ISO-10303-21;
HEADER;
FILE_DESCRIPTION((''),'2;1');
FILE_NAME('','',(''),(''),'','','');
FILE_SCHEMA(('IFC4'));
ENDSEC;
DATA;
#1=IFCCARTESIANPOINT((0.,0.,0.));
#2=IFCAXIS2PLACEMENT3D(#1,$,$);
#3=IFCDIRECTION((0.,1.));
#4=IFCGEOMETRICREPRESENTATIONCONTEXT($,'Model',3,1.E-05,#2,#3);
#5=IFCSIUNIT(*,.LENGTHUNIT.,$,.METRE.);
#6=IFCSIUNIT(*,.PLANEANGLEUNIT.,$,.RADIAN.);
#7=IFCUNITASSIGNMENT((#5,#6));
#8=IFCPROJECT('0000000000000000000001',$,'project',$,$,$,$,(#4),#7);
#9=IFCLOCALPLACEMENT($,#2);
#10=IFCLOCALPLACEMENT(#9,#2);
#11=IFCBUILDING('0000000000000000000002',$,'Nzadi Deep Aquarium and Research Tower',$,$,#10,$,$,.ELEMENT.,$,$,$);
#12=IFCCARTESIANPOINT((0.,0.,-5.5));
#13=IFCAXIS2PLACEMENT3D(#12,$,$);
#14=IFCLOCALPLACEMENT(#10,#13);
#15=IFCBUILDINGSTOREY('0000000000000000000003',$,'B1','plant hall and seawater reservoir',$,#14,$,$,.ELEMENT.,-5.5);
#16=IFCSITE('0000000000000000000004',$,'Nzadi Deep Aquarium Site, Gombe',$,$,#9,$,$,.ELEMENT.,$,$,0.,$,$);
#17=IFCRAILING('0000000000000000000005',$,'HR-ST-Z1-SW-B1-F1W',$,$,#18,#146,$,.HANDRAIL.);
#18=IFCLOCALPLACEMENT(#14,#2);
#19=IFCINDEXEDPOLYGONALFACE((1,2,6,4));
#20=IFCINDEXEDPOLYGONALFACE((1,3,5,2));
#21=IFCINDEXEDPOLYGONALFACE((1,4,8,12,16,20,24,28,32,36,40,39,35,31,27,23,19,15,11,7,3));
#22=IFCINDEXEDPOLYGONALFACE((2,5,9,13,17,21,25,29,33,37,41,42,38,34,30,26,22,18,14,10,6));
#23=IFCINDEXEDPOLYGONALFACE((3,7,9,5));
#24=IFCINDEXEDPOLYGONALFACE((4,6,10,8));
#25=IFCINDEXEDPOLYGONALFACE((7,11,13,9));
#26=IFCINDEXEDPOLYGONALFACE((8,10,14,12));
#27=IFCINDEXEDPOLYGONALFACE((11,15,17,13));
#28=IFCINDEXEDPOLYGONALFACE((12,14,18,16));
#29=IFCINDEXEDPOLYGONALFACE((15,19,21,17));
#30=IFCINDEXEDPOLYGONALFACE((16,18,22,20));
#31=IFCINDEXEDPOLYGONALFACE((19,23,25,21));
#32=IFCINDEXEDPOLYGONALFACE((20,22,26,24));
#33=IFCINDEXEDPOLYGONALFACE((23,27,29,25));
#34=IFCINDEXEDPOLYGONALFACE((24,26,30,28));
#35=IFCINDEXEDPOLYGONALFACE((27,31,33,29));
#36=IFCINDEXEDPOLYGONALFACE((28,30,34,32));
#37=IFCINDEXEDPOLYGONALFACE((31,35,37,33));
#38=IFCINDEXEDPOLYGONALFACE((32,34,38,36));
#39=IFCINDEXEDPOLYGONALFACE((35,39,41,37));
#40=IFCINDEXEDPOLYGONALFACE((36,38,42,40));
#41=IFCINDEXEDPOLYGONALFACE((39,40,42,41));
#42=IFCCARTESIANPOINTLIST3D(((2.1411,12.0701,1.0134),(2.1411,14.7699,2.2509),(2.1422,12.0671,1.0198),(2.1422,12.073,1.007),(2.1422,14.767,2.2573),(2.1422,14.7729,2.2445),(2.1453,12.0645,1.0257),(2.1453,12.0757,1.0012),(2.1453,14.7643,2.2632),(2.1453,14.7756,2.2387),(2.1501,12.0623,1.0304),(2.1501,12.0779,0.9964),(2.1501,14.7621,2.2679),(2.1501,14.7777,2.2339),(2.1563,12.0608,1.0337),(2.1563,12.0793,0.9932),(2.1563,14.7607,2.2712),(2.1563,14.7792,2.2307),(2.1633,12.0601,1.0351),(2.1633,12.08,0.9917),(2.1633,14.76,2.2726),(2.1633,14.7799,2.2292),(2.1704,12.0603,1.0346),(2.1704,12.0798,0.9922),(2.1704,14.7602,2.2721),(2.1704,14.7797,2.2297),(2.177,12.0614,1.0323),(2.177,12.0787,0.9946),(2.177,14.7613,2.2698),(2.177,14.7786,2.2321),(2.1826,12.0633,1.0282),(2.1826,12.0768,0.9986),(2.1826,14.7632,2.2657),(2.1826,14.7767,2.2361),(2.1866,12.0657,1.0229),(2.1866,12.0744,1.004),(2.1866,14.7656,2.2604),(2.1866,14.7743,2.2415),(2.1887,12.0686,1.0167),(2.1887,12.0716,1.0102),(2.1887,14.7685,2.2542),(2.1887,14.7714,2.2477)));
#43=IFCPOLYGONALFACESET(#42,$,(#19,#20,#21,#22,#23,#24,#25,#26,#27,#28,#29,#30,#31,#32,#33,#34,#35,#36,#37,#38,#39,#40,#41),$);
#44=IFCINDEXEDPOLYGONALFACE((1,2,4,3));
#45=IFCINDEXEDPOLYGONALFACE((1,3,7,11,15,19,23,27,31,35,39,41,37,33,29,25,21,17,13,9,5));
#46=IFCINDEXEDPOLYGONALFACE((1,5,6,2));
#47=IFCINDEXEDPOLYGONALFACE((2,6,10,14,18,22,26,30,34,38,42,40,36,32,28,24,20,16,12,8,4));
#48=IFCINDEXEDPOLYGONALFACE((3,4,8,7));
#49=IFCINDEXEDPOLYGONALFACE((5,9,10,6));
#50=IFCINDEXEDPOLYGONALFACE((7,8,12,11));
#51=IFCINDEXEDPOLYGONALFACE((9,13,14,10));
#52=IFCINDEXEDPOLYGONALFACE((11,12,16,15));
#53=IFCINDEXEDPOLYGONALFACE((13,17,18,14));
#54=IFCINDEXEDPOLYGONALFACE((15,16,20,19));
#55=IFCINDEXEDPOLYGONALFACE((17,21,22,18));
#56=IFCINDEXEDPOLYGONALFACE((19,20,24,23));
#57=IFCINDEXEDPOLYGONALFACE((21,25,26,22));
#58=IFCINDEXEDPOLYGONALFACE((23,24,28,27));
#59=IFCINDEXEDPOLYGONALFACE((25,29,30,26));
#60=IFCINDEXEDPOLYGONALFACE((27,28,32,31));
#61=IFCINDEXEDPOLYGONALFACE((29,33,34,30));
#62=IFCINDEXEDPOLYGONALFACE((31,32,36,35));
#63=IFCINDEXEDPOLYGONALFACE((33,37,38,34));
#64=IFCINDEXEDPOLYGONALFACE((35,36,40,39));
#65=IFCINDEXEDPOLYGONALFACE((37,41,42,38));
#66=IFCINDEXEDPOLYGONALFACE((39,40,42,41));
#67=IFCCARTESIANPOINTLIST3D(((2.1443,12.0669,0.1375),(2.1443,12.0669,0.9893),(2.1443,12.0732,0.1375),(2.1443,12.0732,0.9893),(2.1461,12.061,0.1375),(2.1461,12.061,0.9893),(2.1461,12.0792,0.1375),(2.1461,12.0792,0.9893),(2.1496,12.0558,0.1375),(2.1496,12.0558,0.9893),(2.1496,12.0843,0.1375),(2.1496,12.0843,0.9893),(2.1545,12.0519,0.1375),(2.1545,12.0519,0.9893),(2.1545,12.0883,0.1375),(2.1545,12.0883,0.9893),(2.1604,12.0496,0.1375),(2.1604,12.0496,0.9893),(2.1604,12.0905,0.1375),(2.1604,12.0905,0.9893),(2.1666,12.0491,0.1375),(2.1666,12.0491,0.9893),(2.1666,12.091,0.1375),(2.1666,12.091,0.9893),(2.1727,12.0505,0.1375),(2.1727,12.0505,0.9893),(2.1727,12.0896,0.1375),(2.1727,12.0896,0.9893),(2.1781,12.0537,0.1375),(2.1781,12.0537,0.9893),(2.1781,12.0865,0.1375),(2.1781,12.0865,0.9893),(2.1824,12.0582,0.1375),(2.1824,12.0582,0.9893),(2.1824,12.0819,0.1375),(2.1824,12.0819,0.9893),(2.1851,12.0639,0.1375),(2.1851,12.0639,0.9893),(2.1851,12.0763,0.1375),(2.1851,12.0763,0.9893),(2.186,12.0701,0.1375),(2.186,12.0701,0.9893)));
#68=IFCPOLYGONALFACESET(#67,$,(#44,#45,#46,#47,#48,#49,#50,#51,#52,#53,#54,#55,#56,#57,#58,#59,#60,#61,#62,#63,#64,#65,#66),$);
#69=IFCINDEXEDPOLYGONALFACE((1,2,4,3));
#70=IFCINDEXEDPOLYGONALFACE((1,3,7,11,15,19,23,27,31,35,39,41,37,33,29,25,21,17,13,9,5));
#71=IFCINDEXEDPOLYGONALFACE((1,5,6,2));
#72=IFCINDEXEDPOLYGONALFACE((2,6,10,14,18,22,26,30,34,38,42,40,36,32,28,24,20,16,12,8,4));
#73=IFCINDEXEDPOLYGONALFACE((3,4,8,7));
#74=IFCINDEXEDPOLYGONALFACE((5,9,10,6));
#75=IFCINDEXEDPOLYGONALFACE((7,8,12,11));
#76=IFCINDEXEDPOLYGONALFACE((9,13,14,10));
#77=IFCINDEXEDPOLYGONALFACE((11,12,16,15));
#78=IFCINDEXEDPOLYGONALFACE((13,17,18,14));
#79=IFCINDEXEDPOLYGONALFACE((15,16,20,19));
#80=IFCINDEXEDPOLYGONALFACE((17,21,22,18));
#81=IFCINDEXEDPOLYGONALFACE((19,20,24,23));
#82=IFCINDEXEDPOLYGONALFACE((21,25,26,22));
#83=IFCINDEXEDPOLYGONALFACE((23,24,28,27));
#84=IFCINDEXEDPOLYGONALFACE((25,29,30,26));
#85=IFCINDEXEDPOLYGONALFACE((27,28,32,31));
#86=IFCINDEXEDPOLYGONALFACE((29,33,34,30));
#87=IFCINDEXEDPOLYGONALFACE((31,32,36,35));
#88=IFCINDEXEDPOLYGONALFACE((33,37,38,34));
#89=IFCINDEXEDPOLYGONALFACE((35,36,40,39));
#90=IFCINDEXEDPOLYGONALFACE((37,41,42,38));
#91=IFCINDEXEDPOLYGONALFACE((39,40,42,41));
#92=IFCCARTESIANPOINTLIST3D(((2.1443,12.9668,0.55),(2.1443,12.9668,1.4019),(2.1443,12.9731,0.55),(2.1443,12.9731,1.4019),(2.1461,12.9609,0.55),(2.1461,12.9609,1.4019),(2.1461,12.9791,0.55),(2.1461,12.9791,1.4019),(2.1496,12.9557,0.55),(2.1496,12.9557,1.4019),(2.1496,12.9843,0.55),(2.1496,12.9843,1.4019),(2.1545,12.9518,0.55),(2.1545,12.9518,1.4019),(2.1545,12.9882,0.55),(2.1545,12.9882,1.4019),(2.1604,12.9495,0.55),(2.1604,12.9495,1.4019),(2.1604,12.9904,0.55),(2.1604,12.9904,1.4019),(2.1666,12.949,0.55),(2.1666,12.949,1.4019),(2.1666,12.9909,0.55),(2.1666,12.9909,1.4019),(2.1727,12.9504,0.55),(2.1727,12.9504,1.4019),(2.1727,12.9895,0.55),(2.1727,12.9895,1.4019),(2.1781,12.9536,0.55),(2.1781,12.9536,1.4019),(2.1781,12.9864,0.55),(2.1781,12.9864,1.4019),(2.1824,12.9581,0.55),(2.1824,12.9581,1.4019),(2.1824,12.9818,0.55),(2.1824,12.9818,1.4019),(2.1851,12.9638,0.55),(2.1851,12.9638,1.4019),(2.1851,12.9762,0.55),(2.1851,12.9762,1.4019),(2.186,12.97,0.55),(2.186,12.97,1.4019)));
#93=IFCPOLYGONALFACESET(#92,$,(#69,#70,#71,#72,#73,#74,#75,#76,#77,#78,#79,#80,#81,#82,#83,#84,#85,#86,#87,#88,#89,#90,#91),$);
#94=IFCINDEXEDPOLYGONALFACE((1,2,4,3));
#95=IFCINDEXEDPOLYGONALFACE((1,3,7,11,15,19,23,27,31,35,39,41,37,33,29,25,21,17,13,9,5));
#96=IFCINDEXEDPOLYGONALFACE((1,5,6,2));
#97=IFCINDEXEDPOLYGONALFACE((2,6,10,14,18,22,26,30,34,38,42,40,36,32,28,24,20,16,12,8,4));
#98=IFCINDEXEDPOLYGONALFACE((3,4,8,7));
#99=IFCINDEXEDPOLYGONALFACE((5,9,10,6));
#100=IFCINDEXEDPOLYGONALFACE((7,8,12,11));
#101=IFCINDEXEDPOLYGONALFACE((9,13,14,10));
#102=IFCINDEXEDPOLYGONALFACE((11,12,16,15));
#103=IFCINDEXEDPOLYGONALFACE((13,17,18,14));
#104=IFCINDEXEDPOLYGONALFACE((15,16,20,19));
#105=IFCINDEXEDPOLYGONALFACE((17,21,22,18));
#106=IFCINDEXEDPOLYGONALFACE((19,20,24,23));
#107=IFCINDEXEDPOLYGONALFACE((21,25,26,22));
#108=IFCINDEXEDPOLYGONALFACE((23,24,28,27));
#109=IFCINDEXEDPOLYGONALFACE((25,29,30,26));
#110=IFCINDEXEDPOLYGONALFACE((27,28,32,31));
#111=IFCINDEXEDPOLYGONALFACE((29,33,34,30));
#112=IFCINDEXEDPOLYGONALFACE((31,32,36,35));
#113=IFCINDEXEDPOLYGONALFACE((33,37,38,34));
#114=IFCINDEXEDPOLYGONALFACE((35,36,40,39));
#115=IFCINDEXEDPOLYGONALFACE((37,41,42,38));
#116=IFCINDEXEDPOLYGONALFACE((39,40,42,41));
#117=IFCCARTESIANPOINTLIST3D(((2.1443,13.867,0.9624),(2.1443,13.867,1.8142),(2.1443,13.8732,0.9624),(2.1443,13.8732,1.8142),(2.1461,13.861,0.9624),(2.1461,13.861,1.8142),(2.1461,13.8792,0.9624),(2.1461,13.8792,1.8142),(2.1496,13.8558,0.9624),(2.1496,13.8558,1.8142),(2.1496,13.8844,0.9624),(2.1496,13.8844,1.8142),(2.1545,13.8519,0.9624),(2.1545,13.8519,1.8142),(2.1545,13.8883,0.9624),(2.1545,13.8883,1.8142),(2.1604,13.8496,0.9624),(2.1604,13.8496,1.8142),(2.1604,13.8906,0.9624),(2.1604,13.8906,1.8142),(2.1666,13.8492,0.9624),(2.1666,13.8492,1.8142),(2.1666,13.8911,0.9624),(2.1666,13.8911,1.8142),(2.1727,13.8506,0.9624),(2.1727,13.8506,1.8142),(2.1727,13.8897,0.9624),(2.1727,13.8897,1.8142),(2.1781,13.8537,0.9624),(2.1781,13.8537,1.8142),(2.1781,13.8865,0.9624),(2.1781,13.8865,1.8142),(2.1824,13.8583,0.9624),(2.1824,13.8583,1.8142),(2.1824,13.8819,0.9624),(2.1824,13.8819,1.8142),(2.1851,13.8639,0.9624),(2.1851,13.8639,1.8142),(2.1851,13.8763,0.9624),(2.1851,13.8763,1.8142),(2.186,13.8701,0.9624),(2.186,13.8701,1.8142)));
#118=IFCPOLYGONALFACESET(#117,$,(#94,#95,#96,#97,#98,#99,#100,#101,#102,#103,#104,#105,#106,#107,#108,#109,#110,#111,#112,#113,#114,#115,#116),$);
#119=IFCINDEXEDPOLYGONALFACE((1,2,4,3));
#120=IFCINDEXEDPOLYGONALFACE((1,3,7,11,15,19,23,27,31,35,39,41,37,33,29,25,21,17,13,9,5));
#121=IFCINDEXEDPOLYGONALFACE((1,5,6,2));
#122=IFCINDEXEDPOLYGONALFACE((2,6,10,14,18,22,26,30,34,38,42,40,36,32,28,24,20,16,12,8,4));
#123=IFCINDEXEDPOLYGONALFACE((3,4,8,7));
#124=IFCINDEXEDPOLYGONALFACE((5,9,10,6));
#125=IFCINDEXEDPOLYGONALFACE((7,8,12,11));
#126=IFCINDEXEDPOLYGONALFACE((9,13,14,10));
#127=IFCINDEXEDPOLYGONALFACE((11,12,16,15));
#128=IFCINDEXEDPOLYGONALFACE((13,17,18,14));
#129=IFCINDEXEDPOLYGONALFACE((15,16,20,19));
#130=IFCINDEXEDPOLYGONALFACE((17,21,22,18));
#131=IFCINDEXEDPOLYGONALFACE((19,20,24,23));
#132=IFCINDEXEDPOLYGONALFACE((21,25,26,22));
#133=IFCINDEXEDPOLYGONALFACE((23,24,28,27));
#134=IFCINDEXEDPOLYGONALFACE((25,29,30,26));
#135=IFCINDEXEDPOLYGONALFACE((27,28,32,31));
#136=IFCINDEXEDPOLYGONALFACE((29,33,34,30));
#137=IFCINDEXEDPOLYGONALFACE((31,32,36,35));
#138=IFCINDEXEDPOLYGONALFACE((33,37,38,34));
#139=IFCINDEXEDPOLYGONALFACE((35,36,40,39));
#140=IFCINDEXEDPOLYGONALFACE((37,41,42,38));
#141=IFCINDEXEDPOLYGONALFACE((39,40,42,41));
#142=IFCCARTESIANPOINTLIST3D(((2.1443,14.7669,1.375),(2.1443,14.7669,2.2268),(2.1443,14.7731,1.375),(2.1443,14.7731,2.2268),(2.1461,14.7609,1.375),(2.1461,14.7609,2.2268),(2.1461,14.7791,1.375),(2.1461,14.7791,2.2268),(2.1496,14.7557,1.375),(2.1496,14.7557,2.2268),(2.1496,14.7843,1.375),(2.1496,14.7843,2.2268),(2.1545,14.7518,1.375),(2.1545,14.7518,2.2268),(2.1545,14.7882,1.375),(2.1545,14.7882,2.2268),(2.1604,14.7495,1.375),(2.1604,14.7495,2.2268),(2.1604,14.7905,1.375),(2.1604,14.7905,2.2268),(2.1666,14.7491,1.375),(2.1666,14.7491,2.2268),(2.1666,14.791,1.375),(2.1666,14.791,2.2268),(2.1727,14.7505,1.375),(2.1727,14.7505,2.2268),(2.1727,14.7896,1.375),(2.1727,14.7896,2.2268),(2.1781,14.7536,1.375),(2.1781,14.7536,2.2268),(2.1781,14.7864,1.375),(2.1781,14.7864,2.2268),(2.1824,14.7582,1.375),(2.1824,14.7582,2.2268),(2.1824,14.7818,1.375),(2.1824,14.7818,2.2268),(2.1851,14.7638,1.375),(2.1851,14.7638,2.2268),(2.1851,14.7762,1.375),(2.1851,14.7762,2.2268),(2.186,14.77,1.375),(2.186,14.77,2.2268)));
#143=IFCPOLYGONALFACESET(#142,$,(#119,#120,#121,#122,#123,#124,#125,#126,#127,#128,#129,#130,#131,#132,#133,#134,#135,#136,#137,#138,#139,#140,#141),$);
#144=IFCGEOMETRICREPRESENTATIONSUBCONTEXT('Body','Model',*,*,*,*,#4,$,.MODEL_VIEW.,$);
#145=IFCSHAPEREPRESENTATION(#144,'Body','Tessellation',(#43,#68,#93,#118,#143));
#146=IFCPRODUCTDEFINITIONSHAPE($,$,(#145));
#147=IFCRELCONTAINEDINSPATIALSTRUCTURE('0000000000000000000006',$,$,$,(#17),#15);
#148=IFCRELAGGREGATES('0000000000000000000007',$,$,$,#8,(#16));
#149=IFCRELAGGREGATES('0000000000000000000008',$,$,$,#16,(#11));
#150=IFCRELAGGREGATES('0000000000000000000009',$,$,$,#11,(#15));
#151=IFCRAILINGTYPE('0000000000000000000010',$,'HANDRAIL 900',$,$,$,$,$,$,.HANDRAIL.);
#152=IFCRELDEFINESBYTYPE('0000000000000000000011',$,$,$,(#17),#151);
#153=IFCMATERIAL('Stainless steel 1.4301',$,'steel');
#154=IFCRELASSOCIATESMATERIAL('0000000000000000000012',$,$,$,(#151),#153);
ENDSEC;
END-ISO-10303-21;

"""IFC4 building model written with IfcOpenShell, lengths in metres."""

from ifc_helpers import new_model, si_unit, direction, frame, origin, origin_2d, place, context, subcontext, project, spatial, circle, extrude, material, type_object, element, save


model = new_model("IFC4")

# Units and contexts
model_context = context("Model", 3, precision=1e-05, world=origin(), true_north=direction((0.0, 1.0)))
body_context = subcontext(model_context, "Body", "Model", "MODEL_VIEW")
ifc_project = project(units=[si_unit("LENGTHUNIT", "METRE"), si_unit("PLANEANGLEUNIT", "RADIAN")], contexts=[model_context])

# Site, building, storey
site_placement = place(None, origin())
site = spatial("IfcSite", under=ifc_project, at=site_placement, Name="Nzadi Deep Aquarium Site, Gombe", CompositionType="ELEMENT", RefElevation=0.0)
building_placement = place(site_placement, origin())
building = spatial("IfcBuilding", under=site, at=building_placement, Name="Nzadi Deep Aquarium and Research Tower", CompositionType="ELEMENT")
storey_placement = place(building_placement, frame((0.0, 0.0, -5.5)))
storey = spatial("IfcBuildingStorey", under=building, at=storey_placement, Name="B1", Description="plant hall and seawater reservoir", CompositionType="ELEMENT", Elevation=-5.5)

# Railing
ifc_material_1 = material(Name="Stainless steel 1.4301", Category="steel")
railing_type = type_object("IfcRailingType", Name="HANDRAIL 900", PredefinedType="HANDRAIL", material=ifc_material_1)
for number, where, name in (
    (1, (2.165, 12.0701, 0.1375), "HR-ST-Z1-SW-B1-F1W"),
):
    element("IfcRailing", number, at=place(storey_placement, frame(where)), inside=storey, type_object=railing_type, Name=name, PredefinedType="HANDRAIL", context=body_context, shape_type="SweptSolid", body=[
        extrude(circle(Radius=0.0239, at=origin_2d()), frame((0.0, 0.0, 0.876), z_axis=(0.0, 0.909056, 0.416675), x_axis=(-1.0, 0.0, 0.0)), (0.0, 0.0, 1.0), 2.97),
        extrude(circle(Radius=0.021, at=origin_2d()), origin(), (0.0, 0.0, 1.0), 0.8518),
        extrude(circle(Radius=0.021, at=origin_2d()), frame((0.0, 0.8999, 0.4126)), (0.0, 0.0, 1.0), 0.8518),
        extrude(circle(Radius=0.021, at=origin_2d()), frame((0.0, 1.8, 0.825)), (0.0, 0.0, 1.0), 0.8518),
        extrude(circle(Radius=0.021, at=origin_2d()), frame((0.0, 2.7, 1.2375)), (0.0, 0.0, 1.0), 0.8518),
    ])

save(model, "model.ifc")
